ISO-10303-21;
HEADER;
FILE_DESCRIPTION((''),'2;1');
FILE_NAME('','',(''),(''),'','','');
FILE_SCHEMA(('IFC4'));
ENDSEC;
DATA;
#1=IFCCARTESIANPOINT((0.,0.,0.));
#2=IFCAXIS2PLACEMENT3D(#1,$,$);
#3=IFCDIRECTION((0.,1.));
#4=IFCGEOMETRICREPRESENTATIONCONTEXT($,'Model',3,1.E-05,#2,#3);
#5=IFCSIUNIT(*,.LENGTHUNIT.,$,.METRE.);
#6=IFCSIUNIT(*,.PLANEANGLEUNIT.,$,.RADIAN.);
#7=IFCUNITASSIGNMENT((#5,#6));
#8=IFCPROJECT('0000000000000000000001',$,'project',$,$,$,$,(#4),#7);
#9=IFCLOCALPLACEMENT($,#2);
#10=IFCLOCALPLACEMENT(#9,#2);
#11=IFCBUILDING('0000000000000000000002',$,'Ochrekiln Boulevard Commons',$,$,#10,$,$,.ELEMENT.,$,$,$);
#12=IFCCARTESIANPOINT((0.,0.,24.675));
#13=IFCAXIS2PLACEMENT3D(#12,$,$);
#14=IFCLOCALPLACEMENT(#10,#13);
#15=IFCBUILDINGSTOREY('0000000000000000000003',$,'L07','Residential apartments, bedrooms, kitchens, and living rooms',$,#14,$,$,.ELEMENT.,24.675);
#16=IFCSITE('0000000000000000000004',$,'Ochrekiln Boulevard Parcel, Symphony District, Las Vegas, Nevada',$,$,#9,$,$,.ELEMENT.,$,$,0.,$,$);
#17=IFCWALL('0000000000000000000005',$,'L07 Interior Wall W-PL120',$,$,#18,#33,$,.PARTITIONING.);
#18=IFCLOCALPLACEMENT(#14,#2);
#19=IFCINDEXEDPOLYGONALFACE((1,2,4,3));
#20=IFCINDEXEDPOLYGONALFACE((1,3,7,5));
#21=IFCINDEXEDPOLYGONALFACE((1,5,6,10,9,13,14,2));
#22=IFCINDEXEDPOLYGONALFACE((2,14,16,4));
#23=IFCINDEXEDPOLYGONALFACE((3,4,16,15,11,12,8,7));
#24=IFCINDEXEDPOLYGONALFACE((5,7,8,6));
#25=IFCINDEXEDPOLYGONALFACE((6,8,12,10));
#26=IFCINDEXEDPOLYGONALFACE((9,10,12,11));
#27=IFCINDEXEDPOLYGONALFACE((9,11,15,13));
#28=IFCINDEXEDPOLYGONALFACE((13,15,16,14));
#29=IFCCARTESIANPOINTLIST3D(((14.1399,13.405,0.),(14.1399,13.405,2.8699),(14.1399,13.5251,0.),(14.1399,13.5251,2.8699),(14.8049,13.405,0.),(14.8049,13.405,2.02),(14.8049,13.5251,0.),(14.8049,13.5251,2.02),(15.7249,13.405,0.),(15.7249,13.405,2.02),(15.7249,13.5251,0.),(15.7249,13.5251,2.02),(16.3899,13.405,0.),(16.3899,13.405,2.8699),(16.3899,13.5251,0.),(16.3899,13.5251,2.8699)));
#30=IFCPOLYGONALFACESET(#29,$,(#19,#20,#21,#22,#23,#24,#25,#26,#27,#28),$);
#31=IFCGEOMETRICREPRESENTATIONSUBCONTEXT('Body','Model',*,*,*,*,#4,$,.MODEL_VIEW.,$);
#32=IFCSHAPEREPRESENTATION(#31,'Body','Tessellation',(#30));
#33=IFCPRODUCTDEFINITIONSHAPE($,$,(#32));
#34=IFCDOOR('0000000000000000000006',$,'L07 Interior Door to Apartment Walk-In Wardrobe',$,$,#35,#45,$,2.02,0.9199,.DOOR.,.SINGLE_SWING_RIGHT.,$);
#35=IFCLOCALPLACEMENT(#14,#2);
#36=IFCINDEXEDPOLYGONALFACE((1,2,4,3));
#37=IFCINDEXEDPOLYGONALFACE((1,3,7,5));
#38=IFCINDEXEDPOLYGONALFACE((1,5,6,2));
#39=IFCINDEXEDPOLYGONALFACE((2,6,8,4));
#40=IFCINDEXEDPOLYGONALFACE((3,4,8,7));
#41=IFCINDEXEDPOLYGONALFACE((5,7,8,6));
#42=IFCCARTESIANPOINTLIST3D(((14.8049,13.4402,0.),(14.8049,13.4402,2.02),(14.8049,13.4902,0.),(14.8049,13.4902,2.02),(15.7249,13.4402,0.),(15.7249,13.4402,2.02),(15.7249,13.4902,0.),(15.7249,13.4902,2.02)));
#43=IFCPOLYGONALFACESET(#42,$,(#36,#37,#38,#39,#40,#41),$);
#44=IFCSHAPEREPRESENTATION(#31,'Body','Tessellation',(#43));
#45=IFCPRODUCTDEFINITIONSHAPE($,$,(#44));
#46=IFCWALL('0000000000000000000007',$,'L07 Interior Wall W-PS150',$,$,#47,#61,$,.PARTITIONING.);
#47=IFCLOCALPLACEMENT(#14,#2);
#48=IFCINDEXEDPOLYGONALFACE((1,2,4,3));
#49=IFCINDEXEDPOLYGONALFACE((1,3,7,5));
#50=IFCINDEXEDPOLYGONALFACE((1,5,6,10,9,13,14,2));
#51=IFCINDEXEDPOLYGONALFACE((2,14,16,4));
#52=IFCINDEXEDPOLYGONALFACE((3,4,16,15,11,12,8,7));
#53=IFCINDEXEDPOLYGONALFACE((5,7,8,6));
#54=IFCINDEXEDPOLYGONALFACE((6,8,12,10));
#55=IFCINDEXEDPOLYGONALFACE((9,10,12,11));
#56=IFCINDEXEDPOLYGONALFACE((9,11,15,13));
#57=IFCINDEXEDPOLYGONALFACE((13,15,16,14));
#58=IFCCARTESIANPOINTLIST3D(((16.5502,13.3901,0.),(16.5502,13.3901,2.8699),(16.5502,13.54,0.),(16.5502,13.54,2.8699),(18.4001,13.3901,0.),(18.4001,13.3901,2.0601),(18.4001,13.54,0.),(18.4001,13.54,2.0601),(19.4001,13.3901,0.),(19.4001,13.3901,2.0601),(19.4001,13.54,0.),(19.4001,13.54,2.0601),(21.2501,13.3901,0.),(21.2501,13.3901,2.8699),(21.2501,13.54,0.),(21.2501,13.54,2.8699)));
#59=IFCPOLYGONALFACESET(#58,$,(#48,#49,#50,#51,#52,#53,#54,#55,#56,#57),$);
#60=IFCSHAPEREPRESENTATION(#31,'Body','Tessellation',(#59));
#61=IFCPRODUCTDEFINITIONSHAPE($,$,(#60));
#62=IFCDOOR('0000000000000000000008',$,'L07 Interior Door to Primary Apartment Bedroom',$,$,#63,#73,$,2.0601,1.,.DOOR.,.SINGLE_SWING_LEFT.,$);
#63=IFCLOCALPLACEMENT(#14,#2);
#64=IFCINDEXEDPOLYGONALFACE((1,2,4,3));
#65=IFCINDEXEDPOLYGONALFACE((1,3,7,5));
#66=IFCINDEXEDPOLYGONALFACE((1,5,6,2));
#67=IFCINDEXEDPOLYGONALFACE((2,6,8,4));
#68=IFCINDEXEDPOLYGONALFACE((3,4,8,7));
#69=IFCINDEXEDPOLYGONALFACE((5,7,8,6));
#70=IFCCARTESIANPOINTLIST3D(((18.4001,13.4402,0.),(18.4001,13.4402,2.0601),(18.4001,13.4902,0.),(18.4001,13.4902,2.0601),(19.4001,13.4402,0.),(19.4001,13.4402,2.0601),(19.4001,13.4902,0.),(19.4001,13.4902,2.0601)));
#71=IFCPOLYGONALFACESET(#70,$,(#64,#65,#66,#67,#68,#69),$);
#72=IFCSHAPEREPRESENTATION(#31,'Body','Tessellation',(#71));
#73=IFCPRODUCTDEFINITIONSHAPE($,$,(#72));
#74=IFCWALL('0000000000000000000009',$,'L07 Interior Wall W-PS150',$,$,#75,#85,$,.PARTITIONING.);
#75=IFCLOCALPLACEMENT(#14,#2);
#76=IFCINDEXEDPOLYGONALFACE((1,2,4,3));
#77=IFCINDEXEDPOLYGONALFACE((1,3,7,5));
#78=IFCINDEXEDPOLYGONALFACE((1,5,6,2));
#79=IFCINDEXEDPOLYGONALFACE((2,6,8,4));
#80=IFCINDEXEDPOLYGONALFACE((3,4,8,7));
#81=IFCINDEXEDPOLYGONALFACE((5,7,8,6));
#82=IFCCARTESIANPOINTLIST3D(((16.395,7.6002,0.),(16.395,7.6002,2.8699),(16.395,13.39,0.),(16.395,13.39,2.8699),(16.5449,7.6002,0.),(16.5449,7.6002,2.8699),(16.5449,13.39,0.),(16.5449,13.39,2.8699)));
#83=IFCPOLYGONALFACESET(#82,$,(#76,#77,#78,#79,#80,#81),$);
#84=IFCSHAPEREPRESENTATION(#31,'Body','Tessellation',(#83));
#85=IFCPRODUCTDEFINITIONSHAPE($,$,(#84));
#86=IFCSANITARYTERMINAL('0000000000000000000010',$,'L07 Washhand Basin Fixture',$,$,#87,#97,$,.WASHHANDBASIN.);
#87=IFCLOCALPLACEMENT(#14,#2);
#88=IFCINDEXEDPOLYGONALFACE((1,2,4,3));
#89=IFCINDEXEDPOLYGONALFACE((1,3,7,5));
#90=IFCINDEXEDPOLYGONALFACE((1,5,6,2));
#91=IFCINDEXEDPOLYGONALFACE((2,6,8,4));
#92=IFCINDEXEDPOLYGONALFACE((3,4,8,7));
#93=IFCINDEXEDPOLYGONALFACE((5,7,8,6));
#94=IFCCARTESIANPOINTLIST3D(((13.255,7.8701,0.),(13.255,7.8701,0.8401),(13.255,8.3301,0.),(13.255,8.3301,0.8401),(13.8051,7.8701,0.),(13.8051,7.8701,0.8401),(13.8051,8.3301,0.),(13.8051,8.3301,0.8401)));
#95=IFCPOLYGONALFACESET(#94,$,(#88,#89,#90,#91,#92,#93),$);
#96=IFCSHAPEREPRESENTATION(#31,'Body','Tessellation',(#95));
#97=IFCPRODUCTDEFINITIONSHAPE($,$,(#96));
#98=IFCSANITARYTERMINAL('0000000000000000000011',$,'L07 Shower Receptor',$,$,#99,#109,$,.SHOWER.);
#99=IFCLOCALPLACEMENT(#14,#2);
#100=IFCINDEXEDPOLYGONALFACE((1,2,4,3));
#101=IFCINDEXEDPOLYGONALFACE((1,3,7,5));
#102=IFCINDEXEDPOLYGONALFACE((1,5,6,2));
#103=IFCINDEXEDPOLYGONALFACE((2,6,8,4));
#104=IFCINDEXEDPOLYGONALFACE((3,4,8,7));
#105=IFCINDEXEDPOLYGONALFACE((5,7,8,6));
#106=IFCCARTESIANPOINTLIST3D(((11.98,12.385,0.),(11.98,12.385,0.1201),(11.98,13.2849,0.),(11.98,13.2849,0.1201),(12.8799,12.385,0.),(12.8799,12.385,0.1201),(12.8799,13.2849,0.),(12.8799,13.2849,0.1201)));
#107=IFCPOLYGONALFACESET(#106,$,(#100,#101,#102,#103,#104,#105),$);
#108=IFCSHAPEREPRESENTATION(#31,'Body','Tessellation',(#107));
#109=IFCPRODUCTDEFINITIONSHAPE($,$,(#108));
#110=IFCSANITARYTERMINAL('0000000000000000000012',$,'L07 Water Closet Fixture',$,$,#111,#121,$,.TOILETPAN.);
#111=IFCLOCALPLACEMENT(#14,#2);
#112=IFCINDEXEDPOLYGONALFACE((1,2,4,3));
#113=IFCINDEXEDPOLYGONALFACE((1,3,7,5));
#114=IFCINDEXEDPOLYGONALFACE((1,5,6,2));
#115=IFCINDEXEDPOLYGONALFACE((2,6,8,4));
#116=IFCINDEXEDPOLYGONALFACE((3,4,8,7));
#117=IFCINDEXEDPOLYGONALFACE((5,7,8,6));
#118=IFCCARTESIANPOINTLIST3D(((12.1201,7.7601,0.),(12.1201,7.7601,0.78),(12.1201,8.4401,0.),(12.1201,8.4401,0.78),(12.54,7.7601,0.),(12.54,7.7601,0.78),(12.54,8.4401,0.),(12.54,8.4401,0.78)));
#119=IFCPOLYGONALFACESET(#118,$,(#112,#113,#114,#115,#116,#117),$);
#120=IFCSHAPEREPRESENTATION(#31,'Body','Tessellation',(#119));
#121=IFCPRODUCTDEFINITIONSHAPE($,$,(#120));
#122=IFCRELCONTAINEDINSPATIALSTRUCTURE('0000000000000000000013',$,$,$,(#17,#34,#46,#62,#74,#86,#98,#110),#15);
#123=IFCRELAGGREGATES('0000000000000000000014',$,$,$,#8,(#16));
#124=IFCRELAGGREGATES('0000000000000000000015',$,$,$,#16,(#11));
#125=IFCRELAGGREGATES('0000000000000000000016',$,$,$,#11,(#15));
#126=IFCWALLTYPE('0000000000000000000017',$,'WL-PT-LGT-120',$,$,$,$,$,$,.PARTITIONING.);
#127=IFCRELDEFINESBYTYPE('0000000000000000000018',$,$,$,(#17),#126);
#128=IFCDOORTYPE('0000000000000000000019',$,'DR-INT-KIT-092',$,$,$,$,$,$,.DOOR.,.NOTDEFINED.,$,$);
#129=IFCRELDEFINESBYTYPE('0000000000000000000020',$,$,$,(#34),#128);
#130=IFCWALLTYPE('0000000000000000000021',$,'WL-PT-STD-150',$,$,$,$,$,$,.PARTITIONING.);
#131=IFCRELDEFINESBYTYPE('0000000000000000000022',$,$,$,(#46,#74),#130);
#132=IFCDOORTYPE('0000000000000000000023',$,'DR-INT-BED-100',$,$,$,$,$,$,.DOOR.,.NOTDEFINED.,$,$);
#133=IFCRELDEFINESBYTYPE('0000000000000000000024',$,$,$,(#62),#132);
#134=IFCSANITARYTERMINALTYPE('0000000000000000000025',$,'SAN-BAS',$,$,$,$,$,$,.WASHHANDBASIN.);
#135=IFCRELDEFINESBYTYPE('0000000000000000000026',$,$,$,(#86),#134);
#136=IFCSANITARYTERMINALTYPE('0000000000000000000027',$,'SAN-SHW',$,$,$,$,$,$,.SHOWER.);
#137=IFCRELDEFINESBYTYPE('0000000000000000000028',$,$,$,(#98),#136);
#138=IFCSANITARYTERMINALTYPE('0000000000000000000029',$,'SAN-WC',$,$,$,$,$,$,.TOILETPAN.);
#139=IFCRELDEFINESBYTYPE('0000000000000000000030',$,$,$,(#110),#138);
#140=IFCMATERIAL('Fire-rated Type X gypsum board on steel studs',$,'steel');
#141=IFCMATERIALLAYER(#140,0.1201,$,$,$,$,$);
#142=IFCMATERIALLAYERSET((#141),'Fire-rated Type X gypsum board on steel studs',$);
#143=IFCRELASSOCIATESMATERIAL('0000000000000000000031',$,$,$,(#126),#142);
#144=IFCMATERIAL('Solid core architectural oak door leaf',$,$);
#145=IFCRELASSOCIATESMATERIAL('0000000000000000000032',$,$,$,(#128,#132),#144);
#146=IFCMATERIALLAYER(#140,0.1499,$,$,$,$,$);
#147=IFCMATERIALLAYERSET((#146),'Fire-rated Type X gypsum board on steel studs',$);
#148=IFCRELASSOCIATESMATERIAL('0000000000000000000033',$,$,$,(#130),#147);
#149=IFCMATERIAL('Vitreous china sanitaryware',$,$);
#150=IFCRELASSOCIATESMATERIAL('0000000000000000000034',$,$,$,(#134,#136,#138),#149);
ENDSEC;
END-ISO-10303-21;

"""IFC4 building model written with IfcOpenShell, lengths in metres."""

from ifc_helpers import new_model, si_unit, direction, frame, frame_2d, origin, origin_2d, place, context, subcontext, project, spatial, rectangle, extrude, material, layer, layer_set, type_object, element, fill, save


model = new_model("IFC4")

# Units and contexts
model_context = context("Model", 3, precision=1e-05, world=origin(), true_north=direction((0.0, 1.0)))
body_context = subcontext(model_context, "Body", "Model", "MODEL_VIEW")
ifc_project = project(units=[si_unit("LENGTHUNIT", "METRE"), si_unit("PLANEANGLEUNIT", "RADIAN")], contexts=[model_context])

# Site, building, storey
site_placement = place(None, origin())
site = spatial("IfcSite", under=ifc_project, at=site_placement, Name="Ochrekiln Boulevard Parcel, Symphony District, Las Vegas, Nevada", CompositionType="ELEMENT", RefElevation=0.0)
building_placement = place(site_placement, origin())
building = spatial("IfcBuilding", under=site, at=building_placement, Name="Ochrekiln Boulevard Commons", CompositionType="ELEMENT")
storey_placement = place(building_placement, frame((0.0, 0.0, 24.675)))
storey = spatial("IfcBuildingStorey", under=building, at=storey_placement, Name="L07", Description="Residential apartments, bedrooms, kitchens, and living rooms", CompositionType="ELEMENT", Elevation=24.675)

# Shared definitions
ifc_material_1 = material(Name="Solid core architectural oak door leaf")

# Walls, openings, doors
ifc_material_2 = material(Name="Fire-rated Type X gypsum board on steel studs", Category="steel")
ifc_layer_1 = layer(ifc_material_2, 0.1201)
ifc_layer_set_1 = layer_set([ifc_layer_1], Name="Fire-rated Type X gypsum board on steel studs")
wall_type_1 = type_object("IfcWallType", Name="WL-PT-LGT-120", PredefinedType="PARTITIONING", material=ifc_layer_set_1)
wall_1_placement = place(storey_placement, frame((14.1399, 13.4651, 0.0), z_axis=(0.0, 0.0, 1.0), x_axis=(1.0, 0.0, 0.0)))
wall_1 = element("IfcWall", 1, at=wall_1_placement, inside=storey, type_object=wall_type_1, Name="L07 Interior Wall W-PL120", PredefinedType="PARTITIONING", context=body_context, shape_type="SweptSolid", body=[
    extrude(rectangle(XDim=2.25, YDim=0.1201, at=frame_2d((1.125, 0.0))), origin(), (0.0, 0.0, 1.0), 2.8699),
])
opening_1_placement = place(wall_1_placement, frame((0.665, 0.0, 0.0)))
opening_1 = element("IfcOpeningElement", 2, at=opening_1_placement, cuts=wall_1, PredefinedType="OPENING", context=body_context, shape_type="SweptSolid", body=[
    extrude(rectangle(XDim=0.9199, YDim=2.02, at=frame_2d((0.46, 1.01))), frame((0.0, 0.0701, 0.0), z_axis=(0.0, -1.0, 0.0), x_axis=(1.0, 0.0, 0.0)), (0.0, 0.0, 1.0), 0.1401),
])
door_type_1 = type_object("IfcDoorType", Name="DR-INT-KIT-092", OperationType="NOTDEFINED", PredefinedType="DOOR", material=ifc_material_1)
door_1_placement = place(opening_1_placement, frame((0.9199, 0.0, 0.0), z_axis=(0.0, 0.0, 1.0), x_axis=(-1.0, 0.0, 0.0)))
door_1 = element("IfcDoor", 3, at=door_1_placement, inside=storey, type_object=door_type_1, Name="L07 Interior Door to Apartment Walk-In Wardrobe", OperationType="SINGLE_SWING_RIGHT", OverallHeight=2.02, OverallWidth=0.9199, PredefinedType="DOOR", context=body_context, shape_type="SweptSolid", body=[
    extrude(rectangle(XDim=0.9199, YDim=2.02, at=frame_2d((0.46, 1.01))), frame((0.0, 0.0249, 0.0), z_axis=(0.0, -1.0, 0.0), x_axis=(1.0, 0.0, 0.0)), (0.0, 0.0, 1.0), 0.05),
])
fill(opening_1, door_1)
ifc_layer_2 = layer(ifc_material_2, 0.1499)
ifc_layer_set_2 = layer_set([ifc_layer_2], Name="Fire-rated Type X gypsum board on steel studs")
wall_type_2 = type_object("IfcWallType", Name="WL-PT-STD-150", PredefinedType="PARTITIONING", material=ifc_layer_set_2)
wall_2_placement = place(storey_placement, frame((16.55, 13.4651, 0.0), z_axis=(0.0, 0.0, 1.0), x_axis=(1.0, 0.0, 0.0)))
wall_2 = element("IfcWall", 4, at=wall_2_placement, inside=storey, type_object=wall_type_2, Name="L07 Interior Wall W-PS150", PredefinedType="PARTITIONING", context=body_context, shape_type="SweptSolid", body=[
    extrude(rectangle(XDim=4.7, YDim=0.1499, at=frame_2d((2.3501, 0.0))), origin(), (0.0, 0.0, 1.0), 2.8699),
])
opening_2_placement = place(wall_2_placement, frame((1.8501, 0.0, 0.0)))
opening_2 = element("IfcOpeningElement", 5, at=opening_2_placement, cuts=wall_2, PredefinedType="OPENING", context=body_context, shape_type="SweptSolid", body=[
    extrude(rectangle(XDim=1.0, YDim=2.0601, at=frame_2d((0.5, 1.03))), frame((0.0, 0.085, 0.0), z_axis=(0.0, -1.0, 0.0), x_axis=(1.0, 0.0, 0.0)), (0.0, 0.0, 1.0), 0.1699),
])
door_type_2 = type_object("IfcDoorType", Name="DR-INT-BED-100", OperationType="NOTDEFINED", PredefinedType="DOOR", material=ifc_material_1)
door_2_placement = place(opening_2_placement, frame((1.0, 0.0, 0.0), z_axis=(0.0, 0.0, 1.0), x_axis=(-1.0, 0.0, 0.0)))
door_2 = element("IfcDoor", 6, at=door_2_placement, inside=storey, type_object=door_type_2, Name="L07 Interior Door to Primary Apartment Bedroom", OperationType="SINGLE_SWING_LEFT", OverallHeight=2.0601, OverallWidth=1.0, PredefinedType="DOOR", context=body_context, shape_type="SweptSolid", body=[
    extrude(rectangle(XDim=1.0, YDim=2.0601, at=frame_2d((0.5, 1.03))), frame((0.0, 0.0249, 0.0), z_axis=(0.0, -1.0, 0.0), x_axis=(1.0, 0.0, 0.0)), (0.0, 0.0, 1.0), 0.05),
])
fill(opening_2, door_2)

# Wall
wall_3_placement = place(storey_placement, frame((16.47, 7.6001, 0.0), z_axis=(0.0, 0.0, 1.0), x_axis=(0.0, 1.0, 0.0)))
element("IfcWall", 7, at=wall_3_placement, inside=storey, type_object=wall_type_2, Name="L07 Interior Wall W-PS150", PredefinedType="PARTITIONING", context=body_context, shape_type="SweptSolid", body=[
    extrude(rectangle(XDim=5.7898, YDim=0.1499, at=frame_2d((2.895, 0.0))), origin(), (0.0, 0.0, 1.0), 2.8699),
])

# Sanitary terminals
ifc_material_3 = material(Name="Vitreous china sanitaryware")
sanitary_terminal_type_1 = type_object("IfcSanitaryTerminalType", Name="SAN-BAS", PredefinedType="WASHHANDBASIN", material=ifc_material_3)
sanitary_terminal_1_placement = place(storey_placement, frame((13.53, 8.1001, 0.0), z_axis=(0.0, 0.0, 1.0), x_axis=(1.0, 0.0, 0.0)))
element("IfcSanitaryTerminal", 8, at=sanitary_terminal_1_placement, inside=storey, type_object=sanitary_terminal_type_1, Name="L07 Washhand Basin Fixture", PredefinedType="WASHHANDBASIN", context=body_context, shape_type="SweptSolid", body=[
    extrude(rectangle(XDim=0.55, YDim=0.46, at=origin_2d()), origin(), (0.0, 0.0, 1.0), 0.8401),
])
sanitary_terminal_type_2 = type_object("IfcSanitaryTerminalType", Name="SAN-SHW", PredefinedType="SHOWER", material=ifc_material_3)
sanitary_terminal_2_placement = place(storey_placement, frame((12.4299, 12.835, 0.0), z_axis=(0.0, 0.0, 1.0), x_axis=(1.0, 0.0, 0.0)))
element("IfcSanitaryTerminal", 9, at=sanitary_terminal_2_placement, inside=storey, type_object=sanitary_terminal_type_2, Name="L07 Shower Receptor", PredefinedType="SHOWER", context=body_context, shape_type="SweptSolid", body=[
    extrude(rectangle(XDim=0.8999, YDim=0.8999, at=origin_2d()), origin(), (0.0, 0.0, 1.0), 0.1201),
])
sanitary_terminal_type_3 = type_object("IfcSanitaryTerminalType", Name="SAN-WC", PredefinedType="TOILETPAN", material=ifc_material_3)
sanitary_terminal_3_placement = place(storey_placement, frame((12.3301, 8.1001, 0.0), z_axis=(0.0, 0.0, 1.0), x_axis=(1.0, 0.0, 0.0)))
element("IfcSanitaryTerminal", 10, at=sanitary_terminal_3_placement, inside=storey, type_object=sanitary_terminal_type_3, Name="L07 Water Closet Fixture", PredefinedType="TOILETPAN", context=body_context, shape_type="SweptSolid", body=[
    extrude(rectangle(XDim=0.4199, YDim=0.6799, at=origin_2d()), origin(), (0.0, 0.0, 1.0), 0.78),
])

save(model, "model.ifc")
